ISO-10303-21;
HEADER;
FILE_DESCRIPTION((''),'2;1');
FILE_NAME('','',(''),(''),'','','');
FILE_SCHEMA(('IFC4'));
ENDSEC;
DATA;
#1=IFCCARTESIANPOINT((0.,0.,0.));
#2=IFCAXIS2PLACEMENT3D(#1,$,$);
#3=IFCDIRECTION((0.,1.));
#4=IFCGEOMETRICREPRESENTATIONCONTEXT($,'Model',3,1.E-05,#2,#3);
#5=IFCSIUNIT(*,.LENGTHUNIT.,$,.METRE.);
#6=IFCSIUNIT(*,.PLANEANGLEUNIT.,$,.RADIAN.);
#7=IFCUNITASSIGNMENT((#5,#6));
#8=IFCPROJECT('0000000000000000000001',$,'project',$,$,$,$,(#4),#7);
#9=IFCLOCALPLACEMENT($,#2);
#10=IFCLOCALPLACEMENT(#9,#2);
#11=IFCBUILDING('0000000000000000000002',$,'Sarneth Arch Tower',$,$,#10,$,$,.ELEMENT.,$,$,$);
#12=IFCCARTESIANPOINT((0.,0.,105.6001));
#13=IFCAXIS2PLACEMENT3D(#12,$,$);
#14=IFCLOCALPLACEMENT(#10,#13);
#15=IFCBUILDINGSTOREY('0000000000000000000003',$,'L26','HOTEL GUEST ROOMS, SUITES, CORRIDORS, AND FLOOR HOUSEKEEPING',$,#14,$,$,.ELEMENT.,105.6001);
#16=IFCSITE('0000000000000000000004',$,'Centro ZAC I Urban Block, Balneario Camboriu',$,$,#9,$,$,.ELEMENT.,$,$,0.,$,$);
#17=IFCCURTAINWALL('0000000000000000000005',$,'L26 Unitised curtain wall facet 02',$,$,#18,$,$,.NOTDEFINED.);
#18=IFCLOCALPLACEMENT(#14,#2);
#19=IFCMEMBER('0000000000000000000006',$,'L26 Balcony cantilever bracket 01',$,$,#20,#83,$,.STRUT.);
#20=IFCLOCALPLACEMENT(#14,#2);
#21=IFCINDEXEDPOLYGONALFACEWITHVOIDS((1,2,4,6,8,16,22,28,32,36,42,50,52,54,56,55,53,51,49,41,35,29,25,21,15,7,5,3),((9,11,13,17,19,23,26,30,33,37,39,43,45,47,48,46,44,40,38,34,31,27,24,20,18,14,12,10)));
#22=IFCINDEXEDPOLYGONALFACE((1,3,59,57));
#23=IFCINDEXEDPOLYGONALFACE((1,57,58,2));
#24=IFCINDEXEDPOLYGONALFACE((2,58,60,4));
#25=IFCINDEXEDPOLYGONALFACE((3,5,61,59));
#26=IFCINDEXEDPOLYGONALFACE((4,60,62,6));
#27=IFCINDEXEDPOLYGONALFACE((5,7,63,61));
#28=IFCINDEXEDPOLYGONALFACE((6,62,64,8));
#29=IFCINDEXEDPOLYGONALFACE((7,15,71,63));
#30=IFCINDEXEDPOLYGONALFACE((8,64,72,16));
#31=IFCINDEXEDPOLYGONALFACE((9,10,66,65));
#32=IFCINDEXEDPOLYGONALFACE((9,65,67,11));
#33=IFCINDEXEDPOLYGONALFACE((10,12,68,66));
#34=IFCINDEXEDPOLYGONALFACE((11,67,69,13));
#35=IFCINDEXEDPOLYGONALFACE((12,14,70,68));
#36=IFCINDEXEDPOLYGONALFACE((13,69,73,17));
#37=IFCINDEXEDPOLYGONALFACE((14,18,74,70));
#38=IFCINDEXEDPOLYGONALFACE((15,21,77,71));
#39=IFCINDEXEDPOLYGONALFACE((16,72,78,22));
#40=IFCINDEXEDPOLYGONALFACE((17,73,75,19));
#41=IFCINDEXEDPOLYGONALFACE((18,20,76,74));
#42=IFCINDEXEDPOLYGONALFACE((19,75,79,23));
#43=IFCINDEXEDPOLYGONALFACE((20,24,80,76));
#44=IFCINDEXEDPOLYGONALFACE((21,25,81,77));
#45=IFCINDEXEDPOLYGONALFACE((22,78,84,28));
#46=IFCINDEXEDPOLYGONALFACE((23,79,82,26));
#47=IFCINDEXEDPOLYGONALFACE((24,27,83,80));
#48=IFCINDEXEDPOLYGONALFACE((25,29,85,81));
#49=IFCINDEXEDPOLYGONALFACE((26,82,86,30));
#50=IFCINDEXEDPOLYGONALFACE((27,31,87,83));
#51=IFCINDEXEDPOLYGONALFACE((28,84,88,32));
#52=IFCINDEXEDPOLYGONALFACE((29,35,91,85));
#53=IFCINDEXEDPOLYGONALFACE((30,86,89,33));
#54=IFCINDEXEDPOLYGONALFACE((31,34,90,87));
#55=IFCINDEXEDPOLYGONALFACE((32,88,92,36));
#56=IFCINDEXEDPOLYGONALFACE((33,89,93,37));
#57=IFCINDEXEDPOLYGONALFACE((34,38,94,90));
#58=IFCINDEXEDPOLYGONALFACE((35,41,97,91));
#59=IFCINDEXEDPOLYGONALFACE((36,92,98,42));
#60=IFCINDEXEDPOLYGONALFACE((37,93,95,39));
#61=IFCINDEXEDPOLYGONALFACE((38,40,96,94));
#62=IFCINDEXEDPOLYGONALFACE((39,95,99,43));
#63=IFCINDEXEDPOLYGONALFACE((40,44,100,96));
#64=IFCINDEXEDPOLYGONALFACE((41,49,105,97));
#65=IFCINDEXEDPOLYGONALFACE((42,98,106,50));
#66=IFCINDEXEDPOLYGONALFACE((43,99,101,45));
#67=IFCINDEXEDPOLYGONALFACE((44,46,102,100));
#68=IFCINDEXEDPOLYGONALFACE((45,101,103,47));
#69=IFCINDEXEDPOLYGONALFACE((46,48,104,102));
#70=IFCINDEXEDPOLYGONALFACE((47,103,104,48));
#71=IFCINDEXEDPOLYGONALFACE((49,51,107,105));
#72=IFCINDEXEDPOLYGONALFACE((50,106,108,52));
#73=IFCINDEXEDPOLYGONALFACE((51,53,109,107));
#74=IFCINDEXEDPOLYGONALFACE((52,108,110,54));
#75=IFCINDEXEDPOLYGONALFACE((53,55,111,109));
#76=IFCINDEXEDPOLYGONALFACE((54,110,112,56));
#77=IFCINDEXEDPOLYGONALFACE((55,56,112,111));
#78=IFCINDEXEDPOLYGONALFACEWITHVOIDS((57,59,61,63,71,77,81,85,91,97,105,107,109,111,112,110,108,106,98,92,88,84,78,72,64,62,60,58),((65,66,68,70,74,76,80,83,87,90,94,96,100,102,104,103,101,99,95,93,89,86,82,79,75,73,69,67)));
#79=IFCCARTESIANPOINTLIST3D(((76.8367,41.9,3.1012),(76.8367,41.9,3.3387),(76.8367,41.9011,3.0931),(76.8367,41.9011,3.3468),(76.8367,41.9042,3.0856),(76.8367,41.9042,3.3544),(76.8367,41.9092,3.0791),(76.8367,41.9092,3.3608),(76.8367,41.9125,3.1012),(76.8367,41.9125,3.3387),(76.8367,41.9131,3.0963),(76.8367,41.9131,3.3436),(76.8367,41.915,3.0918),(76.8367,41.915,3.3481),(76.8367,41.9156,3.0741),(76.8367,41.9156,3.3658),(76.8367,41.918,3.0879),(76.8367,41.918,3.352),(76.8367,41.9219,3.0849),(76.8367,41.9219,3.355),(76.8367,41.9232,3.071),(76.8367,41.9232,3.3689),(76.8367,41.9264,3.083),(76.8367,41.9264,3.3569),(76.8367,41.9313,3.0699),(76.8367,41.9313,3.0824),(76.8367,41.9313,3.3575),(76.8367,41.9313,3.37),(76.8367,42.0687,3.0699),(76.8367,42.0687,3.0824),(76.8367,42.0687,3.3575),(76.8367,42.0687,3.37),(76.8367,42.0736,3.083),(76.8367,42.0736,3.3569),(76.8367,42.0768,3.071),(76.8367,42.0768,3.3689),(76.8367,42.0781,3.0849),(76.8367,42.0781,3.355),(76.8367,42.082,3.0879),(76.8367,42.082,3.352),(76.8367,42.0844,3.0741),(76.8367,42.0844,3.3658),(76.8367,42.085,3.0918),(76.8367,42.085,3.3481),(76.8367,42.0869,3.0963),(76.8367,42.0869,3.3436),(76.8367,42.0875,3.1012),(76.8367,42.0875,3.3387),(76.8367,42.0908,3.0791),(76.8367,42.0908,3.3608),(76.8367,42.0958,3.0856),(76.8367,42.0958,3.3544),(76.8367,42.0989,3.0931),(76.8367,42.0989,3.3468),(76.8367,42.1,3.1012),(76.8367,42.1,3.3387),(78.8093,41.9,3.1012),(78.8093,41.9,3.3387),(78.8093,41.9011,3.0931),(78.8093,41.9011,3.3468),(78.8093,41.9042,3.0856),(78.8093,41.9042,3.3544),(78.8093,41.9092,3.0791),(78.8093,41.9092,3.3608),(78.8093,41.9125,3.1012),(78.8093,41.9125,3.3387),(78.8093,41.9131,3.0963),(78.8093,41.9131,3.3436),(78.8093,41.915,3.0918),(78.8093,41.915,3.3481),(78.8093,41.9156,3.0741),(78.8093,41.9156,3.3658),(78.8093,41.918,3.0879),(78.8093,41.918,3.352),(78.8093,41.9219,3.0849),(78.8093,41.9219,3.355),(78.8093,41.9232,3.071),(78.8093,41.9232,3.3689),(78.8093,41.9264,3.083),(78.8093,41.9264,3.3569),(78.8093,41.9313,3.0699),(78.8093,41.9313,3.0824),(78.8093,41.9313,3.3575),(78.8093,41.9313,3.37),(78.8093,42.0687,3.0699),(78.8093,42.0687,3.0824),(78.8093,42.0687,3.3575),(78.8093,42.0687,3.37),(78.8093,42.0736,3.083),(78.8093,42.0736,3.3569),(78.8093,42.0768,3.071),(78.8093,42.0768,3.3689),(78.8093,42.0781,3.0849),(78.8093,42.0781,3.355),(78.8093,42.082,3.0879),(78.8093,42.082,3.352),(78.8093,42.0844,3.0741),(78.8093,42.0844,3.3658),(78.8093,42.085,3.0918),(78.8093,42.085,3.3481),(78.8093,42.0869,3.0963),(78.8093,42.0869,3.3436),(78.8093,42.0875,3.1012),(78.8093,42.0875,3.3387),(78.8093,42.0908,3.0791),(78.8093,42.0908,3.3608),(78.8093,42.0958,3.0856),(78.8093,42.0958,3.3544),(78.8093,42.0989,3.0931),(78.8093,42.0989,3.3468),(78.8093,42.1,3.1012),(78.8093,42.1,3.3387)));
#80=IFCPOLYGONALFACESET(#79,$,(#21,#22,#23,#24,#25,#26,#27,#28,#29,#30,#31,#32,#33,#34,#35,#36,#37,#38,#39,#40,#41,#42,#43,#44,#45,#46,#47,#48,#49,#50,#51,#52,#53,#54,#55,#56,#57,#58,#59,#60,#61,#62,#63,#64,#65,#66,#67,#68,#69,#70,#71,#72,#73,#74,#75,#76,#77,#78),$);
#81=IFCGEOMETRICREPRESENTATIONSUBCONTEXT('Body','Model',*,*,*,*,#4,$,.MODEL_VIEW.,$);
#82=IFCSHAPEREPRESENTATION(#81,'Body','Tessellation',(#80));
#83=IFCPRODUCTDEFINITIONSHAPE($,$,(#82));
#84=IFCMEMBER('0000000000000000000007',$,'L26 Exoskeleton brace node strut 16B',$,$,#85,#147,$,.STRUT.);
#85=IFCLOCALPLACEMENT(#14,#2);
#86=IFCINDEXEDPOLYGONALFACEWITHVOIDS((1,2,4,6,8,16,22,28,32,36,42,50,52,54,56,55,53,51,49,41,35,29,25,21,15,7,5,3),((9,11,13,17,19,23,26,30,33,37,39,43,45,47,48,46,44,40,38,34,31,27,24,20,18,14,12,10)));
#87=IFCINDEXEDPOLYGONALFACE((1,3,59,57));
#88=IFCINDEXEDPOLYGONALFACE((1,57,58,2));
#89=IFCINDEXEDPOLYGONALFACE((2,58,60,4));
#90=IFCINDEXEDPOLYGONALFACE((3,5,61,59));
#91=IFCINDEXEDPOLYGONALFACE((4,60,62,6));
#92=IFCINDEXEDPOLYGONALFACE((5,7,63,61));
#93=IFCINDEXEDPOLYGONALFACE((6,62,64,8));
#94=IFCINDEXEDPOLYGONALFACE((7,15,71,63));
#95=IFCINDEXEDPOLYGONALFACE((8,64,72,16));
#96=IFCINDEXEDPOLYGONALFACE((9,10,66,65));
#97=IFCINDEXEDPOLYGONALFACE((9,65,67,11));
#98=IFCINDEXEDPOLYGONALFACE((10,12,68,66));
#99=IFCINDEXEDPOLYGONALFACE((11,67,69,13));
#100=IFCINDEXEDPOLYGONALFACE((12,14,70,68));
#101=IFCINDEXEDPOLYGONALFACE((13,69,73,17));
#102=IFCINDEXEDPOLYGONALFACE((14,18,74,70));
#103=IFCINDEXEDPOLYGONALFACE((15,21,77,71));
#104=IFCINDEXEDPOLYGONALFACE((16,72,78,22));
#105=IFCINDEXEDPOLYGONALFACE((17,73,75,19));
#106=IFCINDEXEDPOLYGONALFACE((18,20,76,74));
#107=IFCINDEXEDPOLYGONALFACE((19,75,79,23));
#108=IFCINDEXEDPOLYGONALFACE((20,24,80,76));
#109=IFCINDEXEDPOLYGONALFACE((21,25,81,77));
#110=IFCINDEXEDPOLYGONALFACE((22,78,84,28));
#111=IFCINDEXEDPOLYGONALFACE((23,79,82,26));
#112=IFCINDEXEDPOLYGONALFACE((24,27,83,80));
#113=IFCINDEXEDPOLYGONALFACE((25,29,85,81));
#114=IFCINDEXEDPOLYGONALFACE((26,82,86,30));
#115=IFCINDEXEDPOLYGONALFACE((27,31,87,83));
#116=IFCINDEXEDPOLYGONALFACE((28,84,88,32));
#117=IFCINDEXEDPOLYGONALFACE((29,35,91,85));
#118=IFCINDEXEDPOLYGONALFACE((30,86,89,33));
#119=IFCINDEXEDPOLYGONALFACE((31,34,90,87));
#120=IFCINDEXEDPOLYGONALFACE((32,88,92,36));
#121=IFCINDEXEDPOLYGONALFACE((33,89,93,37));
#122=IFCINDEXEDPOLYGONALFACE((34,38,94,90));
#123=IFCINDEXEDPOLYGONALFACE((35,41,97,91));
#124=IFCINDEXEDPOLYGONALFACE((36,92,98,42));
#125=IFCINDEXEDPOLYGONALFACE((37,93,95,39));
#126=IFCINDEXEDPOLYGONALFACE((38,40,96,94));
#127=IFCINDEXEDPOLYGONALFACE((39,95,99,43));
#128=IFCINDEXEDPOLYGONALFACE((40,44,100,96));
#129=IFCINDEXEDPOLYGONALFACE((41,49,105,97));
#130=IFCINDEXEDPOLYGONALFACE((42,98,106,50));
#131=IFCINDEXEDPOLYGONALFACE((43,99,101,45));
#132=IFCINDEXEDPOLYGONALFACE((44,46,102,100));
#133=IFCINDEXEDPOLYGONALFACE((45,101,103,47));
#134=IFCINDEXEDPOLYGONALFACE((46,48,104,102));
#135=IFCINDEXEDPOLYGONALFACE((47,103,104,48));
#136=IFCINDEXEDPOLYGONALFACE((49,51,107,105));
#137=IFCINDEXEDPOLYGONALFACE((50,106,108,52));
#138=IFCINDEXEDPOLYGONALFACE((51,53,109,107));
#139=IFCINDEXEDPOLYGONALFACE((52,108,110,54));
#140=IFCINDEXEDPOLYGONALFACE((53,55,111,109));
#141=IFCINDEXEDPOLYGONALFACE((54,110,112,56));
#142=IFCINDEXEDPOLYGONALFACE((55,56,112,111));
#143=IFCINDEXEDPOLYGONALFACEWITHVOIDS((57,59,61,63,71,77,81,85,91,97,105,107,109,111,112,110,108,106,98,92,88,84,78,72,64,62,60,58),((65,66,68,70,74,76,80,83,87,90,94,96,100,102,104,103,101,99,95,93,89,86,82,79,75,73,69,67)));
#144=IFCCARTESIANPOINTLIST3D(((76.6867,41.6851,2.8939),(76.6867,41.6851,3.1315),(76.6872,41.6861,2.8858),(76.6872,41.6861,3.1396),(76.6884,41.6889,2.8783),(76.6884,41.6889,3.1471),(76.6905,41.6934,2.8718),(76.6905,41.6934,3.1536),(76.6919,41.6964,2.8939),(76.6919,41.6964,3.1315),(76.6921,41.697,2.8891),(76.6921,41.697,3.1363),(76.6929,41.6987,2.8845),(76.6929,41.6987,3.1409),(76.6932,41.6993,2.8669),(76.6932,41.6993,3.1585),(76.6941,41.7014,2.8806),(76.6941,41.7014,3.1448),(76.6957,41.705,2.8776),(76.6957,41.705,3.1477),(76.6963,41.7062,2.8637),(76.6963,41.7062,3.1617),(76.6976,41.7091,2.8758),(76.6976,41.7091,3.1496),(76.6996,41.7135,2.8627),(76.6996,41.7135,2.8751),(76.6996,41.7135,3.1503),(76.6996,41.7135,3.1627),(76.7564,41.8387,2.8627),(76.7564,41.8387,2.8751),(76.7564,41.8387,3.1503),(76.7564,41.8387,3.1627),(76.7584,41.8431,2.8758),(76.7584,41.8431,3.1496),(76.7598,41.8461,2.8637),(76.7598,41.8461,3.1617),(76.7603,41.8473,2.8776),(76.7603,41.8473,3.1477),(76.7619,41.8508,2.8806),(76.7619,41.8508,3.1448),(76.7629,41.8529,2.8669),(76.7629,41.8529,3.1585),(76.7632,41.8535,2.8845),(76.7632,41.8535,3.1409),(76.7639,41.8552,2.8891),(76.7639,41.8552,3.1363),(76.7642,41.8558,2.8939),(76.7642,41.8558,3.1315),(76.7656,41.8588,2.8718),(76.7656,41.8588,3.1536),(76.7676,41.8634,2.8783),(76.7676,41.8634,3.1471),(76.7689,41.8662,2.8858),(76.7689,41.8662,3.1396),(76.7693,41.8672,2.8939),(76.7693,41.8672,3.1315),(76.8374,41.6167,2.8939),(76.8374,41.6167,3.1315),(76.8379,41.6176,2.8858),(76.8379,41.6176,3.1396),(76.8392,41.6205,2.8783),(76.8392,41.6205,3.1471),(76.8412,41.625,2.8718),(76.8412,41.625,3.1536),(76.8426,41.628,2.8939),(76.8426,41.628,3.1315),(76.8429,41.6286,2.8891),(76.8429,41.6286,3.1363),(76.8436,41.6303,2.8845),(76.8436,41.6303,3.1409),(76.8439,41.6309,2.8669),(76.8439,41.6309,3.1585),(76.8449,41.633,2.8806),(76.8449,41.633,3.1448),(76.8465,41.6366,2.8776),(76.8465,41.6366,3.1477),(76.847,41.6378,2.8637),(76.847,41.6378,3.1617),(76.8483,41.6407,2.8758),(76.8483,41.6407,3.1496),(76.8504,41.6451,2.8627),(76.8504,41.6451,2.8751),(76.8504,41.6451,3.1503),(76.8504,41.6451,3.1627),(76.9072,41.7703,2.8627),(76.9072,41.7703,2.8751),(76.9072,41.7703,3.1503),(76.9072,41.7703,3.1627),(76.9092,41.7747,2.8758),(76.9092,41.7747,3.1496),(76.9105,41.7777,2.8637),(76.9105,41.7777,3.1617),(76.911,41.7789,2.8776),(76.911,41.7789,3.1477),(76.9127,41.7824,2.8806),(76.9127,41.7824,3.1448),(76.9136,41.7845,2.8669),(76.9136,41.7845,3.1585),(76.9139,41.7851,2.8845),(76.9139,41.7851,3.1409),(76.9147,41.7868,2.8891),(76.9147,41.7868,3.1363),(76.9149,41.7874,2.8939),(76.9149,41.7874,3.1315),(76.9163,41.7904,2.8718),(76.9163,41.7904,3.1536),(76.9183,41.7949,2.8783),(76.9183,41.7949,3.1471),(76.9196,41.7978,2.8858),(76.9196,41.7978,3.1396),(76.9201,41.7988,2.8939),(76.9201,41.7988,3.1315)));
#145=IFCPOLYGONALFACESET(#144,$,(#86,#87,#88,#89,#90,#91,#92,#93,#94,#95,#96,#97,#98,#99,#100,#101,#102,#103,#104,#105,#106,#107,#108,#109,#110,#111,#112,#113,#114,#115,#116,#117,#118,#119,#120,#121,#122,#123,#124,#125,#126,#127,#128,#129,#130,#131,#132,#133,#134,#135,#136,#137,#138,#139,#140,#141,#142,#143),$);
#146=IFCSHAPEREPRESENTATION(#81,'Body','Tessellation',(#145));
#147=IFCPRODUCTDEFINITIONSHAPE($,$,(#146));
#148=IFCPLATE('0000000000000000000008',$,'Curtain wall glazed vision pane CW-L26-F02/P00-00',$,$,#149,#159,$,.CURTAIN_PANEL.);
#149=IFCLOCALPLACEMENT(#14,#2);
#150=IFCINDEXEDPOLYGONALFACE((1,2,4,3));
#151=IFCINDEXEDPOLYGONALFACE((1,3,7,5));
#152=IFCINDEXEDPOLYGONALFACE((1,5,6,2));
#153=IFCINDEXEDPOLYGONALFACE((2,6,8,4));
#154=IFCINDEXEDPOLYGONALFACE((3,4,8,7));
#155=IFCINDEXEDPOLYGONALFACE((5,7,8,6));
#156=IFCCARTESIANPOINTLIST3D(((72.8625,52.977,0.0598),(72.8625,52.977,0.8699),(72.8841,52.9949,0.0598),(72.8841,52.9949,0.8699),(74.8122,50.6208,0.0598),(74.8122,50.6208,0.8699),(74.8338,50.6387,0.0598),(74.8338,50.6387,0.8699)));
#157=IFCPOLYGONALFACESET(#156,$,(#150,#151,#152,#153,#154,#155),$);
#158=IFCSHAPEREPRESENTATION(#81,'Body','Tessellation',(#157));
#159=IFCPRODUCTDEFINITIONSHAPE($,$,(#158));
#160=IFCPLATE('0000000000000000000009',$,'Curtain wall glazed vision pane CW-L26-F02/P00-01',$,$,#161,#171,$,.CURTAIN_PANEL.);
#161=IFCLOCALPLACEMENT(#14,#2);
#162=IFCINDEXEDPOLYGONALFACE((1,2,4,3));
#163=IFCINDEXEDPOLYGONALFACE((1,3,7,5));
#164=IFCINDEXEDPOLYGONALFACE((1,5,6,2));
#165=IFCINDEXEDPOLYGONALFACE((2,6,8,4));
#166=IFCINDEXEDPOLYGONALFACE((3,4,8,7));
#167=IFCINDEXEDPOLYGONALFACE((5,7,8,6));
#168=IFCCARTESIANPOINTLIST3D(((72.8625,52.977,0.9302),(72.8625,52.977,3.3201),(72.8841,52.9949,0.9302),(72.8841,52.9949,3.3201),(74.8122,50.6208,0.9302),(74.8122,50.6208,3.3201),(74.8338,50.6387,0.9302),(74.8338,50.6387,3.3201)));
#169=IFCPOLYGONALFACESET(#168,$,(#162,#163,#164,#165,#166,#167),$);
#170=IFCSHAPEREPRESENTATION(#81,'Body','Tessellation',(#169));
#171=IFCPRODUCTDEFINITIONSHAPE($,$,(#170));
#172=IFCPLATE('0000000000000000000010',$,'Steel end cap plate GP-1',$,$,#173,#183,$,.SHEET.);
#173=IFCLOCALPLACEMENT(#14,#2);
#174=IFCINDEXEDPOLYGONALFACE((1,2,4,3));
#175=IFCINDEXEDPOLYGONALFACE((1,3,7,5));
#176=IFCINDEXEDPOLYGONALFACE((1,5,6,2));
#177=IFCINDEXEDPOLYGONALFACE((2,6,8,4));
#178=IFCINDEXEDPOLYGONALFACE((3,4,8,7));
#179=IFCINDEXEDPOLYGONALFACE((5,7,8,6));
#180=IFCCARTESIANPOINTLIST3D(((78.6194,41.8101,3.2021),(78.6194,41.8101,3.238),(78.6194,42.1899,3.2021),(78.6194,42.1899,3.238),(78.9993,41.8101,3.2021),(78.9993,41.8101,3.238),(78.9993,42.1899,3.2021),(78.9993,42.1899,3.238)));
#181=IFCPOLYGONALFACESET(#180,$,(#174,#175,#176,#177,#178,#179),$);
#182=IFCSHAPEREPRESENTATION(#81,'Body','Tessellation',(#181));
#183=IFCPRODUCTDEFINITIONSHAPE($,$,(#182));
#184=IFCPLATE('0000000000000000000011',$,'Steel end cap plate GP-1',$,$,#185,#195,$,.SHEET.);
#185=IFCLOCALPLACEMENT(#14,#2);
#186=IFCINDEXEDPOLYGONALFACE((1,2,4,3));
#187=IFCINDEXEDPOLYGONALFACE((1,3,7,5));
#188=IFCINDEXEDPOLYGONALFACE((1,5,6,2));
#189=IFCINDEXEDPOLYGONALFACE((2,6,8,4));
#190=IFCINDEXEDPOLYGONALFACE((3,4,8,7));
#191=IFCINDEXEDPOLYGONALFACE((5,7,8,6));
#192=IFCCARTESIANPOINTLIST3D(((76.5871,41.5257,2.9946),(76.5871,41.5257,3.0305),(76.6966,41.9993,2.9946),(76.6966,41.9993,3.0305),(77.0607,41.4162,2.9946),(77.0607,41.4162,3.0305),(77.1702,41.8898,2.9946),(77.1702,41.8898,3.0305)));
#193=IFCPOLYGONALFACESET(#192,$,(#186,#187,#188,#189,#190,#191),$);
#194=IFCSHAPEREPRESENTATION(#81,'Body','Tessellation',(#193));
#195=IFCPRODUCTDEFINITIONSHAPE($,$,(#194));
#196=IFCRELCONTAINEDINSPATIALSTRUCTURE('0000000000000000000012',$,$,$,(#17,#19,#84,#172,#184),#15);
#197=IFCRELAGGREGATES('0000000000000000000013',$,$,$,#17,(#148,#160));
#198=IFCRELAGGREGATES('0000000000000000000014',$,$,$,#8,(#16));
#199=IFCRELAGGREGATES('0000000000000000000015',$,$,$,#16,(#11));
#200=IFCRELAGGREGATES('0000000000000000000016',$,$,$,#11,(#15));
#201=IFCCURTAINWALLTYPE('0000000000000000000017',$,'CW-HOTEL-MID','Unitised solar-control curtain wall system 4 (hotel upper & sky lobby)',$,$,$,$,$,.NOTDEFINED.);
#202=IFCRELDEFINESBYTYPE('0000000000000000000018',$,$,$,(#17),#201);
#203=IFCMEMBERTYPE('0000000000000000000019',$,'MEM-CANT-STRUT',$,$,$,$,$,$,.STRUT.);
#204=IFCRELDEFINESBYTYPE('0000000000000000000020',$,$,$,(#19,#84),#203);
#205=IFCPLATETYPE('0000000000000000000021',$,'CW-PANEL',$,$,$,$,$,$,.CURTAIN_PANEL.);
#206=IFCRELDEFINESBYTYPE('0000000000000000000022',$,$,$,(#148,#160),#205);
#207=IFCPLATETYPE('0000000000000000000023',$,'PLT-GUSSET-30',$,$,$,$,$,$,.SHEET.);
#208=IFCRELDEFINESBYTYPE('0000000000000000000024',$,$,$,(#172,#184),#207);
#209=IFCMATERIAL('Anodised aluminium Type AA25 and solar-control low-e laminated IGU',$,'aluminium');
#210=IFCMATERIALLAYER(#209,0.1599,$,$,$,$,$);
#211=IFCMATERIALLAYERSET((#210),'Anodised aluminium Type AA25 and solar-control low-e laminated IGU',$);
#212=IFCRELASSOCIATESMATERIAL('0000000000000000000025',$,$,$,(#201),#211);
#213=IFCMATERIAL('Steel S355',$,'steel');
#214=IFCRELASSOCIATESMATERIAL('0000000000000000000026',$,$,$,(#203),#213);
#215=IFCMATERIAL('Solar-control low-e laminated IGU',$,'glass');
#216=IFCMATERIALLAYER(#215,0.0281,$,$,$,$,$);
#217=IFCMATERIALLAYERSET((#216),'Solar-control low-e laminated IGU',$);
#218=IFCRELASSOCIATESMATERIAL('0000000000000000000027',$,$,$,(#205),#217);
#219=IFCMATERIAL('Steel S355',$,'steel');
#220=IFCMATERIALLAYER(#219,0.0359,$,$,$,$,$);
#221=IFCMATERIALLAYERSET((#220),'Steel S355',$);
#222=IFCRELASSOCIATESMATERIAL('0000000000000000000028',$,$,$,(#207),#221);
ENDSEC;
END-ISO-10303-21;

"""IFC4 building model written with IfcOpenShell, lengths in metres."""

from ifc_helpers import new_model, si_unit, direction, frame, origin, origin_2d, place, context, subcontext, project, spatial, rectangle, hollow_rectangle, extrude, material, layer, layer_set, material_profile, profile_set, type_object, element, aggregate, save


model = new_model("IFC4")

# Units and contexts
model_context = context("Model", 3, precision=1e-05, world=origin(), true_north=direction((0.0, 1.0)))
body_context = subcontext(model_context, "Body", "Model", "MODEL_VIEW")
ifc_project = project(units=[si_unit("LENGTHUNIT", "METRE"), si_unit("PLANEANGLEUNIT", "RADIAN")], contexts=[model_context])

# Site, building, storey
site_placement = place(None, origin())
site = spatial("IfcSite", under=ifc_project, at=site_placement, Name="Centro ZAC I Urban Block, Balneario Camboriu", CompositionType="ELEMENT", RefElevation=0.0)
building_placement = place(site_placement, origin())
building = spatial("IfcBuilding", under=site, at=building_placement, Name="Sarneth Arch Tower", CompositionType="ELEMENT")
storey_placement = place(building_placement, frame((0.0, 0.0, 105.6001)))
storey = spatial("IfcBuildingStorey", under=building, at=storey_placement, Name="L26", Description="HOTEL GUEST ROOMS, SUITES, CORRIDORS, AND FLOOR HOUSEKEEPING", CompositionType="ELEMENT", Elevation=105.6001)

# Curtain wall
ifc_material_1 = material(Name="Anodised aluminium Type AA25 and solar-control low-e laminated IGU", Category="aluminium")
ifc_layer_1 = layer(ifc_material_1, 0.1599)
ifc_layer_set_1 = layer_set([ifc_layer_1], Name="Anodised aluminium Type AA25 and solar-control low-e laminated IGU")
curtain_wall_type = type_object("IfcCurtainWallType", Name="CW-HOTEL-MID", Description="Unitised solar-control curtain wall system 4 (hotel upper & sky lobby)", PredefinedType="NOTDEFINED", material=ifc_layer_set_1)
curtain_wall_placement = place(storey_placement, origin())
curtain_wall = element("IfcCurtainWall", 1, at=curtain_wall_placement, inside=storey, type_object=curtain_wall_type, Name="L26 Unitised curtain wall facet 02", PredefinedType="NOTDEFINED")

# Members
ifc_material_2 = material(Name="Steel S355", Category="steel")
ifc_material_profile_1 = material_profile(ifc_material_2, hollow_rectangle(XDim=0.2, YDim=0.3, WallThickness=0.0125, InnerFilletRadius=0.0188, OuterFilletRadius=0.0312, at=origin_2d()), Name="RHS300x200x12.5")
ifc_profile_set_1 = profile_set([ifc_material_profile_1], Name="Steel S355")
member_type_1 = type_object("IfcMemberType", Name="MEM-CANT-STRUT", PredefinedType="STRUT", material=ifc_profile_set_1)
member_1_placement = place(storey_placement, frame((76.8367, 42.0, 3.22), z_axis=(1.0, 0.0, 0.0), x_axis=(0.0, 1.0, 0.0)))
element("IfcMember", 2, at=member_1_placement, inside=storey, type_object=member_type_1, Name="L26 Balcony cantilever bracket 01", PredefinedType="STRUT", context=body_context, shape_type="SweptSolid", body=[
    extrude(hollow_rectangle(XDim=0.2, YDim=0.3, WallThickness=0.0125, InnerFilletRadius=0.0188, OuterFilletRadius=0.0312, at=origin_2d()), origin(), (0.0, 0.0, 1.0), 1.9727),
])
member_2_placement = place(storey_placement, frame((76.728, 41.7761, 3.0127), z_axis=(0.910619, -0.413247, 0.0), x_axis=(0.413247, 0.910619, 0.0)))
element("IfcMember", 3, at=member_2_placement, inside=storey, type_object=member_type_1, Name="L26 Exoskeleton brace node strut 16B", PredefinedType="STRUT", context=body_context, shape_type="SweptSolid", body=[
    extrude(hollow_rectangle(XDim=0.2, YDim=0.3, WallThickness=0.0125, InnerFilletRadius=0.0188, OuterFilletRadius=0.0312, at=origin_2d()), origin(), (0.0, 0.0, 1.0), 0.1655),
])

# Plates
ifc_material_3 = material(Name="Solar-control low-e laminated IGU", Category="glass")
ifc_layer_2 = layer(ifc_material_3, 0.0281)
ifc_layer_set_2 = layer_set([ifc_layer_2], Name="Solar-control low-e laminated IGU")
plate_type_1 = type_object("IfcPlateType", Name="CW-PANEL", PredefinedType="CURTAIN_PANEL", material=ifc_layer_set_2)
plate_1_placement = place(storey_placement, frame((73.8481, 51.8079, 0.0598), z_axis=(0.0, 0.0, 1.0), x_axis=(-0.637515, 0.770438, 0.0)))
plate_1 = element("IfcPlate", 4, at=plate_1_placement, type_object=plate_type_1, Name="Curtain wall glazed vision pane CW-L26-F02/P00-00", PredefinedType="CURTAIN_PANEL", context=body_context, shape_type="SweptSolid", body=[
    extrude(rectangle(XDim=3.0583, YDim=0.0281, at=origin_2d()), origin(), (0.0, 0.0, 1.0), 0.8101),
])
plate_2_placement = place(storey_placement, frame((73.8481, 51.8079, 0.9302), z_axis=(0.0, 0.0, 1.0), x_axis=(-0.637515, 0.770438, 0.0)))
plate_2 = element("IfcPlate", 5, at=plate_2_placement, type_object=plate_type_1, Name="Curtain wall glazed vision pane CW-L26-F02/P00-01", PredefinedType="CURTAIN_PANEL", context=body_context, shape_type="SweptSolid", body=[
    extrude(rectangle(XDim=3.0583, YDim=0.0281, at=origin_2d()), origin(), (0.0, 0.0, 1.0), 2.3899),
])
aggregate(curtain_wall, [plate_1, plate_2])

# Plates
ifc_material_4 = material(Name="Steel S355", Category="steel")
ifc_layer_3 = layer(ifc_material_4, 0.0359)
ifc_layer_set_3 = layer_set([ifc_layer_3], Name="Steel S355")
plate_type_2 = type_object("IfcPlateType", Name="PLT-GUSSET-30", PredefinedType="SHEET", material=ifc_layer_set_3)
plate_3_placement = place(storey_placement, frame((78.8093, 42.0, 3.2021), z_axis=(0.0, 0.0, 1.0), x_axis=(1.0, 0.0, 0.0)))
element("IfcPlate", 6, at=plate_3_placement, inside=storey, type_object=plate_type_2, Name="Steel end cap plate GP-1", PredefinedType="SHEET", context=body_context, shape_type="SweptSolid", body=[
    extrude(rectangle(XDim=0.3799, YDim=0.3799, at=origin_2d()), origin(), (0.0, 0.0, 1.0), 0.0359),
])
plate_4_placement = place(storey_placement, frame((76.8787, 41.7078, 2.9946), z_axis=(0.0, 0.0, 1.0), x_axis=(0.225291, 0.974291, 0.0)))
element("IfcPlate", 7, at=plate_4_placement, inside=storey, type_object=plate_type_2, Name="Steel end cap plate GP-1", PredefinedType="SHEET", context=body_context, shape_type="SweptSolid", body=[
    extrude(rectangle(XDim=0.4861, YDim=0.4861, at=origin_2d()), origin(), (0.0, 0.0, 1.0), 0.0359),
])

save(model, "model.ifc")
